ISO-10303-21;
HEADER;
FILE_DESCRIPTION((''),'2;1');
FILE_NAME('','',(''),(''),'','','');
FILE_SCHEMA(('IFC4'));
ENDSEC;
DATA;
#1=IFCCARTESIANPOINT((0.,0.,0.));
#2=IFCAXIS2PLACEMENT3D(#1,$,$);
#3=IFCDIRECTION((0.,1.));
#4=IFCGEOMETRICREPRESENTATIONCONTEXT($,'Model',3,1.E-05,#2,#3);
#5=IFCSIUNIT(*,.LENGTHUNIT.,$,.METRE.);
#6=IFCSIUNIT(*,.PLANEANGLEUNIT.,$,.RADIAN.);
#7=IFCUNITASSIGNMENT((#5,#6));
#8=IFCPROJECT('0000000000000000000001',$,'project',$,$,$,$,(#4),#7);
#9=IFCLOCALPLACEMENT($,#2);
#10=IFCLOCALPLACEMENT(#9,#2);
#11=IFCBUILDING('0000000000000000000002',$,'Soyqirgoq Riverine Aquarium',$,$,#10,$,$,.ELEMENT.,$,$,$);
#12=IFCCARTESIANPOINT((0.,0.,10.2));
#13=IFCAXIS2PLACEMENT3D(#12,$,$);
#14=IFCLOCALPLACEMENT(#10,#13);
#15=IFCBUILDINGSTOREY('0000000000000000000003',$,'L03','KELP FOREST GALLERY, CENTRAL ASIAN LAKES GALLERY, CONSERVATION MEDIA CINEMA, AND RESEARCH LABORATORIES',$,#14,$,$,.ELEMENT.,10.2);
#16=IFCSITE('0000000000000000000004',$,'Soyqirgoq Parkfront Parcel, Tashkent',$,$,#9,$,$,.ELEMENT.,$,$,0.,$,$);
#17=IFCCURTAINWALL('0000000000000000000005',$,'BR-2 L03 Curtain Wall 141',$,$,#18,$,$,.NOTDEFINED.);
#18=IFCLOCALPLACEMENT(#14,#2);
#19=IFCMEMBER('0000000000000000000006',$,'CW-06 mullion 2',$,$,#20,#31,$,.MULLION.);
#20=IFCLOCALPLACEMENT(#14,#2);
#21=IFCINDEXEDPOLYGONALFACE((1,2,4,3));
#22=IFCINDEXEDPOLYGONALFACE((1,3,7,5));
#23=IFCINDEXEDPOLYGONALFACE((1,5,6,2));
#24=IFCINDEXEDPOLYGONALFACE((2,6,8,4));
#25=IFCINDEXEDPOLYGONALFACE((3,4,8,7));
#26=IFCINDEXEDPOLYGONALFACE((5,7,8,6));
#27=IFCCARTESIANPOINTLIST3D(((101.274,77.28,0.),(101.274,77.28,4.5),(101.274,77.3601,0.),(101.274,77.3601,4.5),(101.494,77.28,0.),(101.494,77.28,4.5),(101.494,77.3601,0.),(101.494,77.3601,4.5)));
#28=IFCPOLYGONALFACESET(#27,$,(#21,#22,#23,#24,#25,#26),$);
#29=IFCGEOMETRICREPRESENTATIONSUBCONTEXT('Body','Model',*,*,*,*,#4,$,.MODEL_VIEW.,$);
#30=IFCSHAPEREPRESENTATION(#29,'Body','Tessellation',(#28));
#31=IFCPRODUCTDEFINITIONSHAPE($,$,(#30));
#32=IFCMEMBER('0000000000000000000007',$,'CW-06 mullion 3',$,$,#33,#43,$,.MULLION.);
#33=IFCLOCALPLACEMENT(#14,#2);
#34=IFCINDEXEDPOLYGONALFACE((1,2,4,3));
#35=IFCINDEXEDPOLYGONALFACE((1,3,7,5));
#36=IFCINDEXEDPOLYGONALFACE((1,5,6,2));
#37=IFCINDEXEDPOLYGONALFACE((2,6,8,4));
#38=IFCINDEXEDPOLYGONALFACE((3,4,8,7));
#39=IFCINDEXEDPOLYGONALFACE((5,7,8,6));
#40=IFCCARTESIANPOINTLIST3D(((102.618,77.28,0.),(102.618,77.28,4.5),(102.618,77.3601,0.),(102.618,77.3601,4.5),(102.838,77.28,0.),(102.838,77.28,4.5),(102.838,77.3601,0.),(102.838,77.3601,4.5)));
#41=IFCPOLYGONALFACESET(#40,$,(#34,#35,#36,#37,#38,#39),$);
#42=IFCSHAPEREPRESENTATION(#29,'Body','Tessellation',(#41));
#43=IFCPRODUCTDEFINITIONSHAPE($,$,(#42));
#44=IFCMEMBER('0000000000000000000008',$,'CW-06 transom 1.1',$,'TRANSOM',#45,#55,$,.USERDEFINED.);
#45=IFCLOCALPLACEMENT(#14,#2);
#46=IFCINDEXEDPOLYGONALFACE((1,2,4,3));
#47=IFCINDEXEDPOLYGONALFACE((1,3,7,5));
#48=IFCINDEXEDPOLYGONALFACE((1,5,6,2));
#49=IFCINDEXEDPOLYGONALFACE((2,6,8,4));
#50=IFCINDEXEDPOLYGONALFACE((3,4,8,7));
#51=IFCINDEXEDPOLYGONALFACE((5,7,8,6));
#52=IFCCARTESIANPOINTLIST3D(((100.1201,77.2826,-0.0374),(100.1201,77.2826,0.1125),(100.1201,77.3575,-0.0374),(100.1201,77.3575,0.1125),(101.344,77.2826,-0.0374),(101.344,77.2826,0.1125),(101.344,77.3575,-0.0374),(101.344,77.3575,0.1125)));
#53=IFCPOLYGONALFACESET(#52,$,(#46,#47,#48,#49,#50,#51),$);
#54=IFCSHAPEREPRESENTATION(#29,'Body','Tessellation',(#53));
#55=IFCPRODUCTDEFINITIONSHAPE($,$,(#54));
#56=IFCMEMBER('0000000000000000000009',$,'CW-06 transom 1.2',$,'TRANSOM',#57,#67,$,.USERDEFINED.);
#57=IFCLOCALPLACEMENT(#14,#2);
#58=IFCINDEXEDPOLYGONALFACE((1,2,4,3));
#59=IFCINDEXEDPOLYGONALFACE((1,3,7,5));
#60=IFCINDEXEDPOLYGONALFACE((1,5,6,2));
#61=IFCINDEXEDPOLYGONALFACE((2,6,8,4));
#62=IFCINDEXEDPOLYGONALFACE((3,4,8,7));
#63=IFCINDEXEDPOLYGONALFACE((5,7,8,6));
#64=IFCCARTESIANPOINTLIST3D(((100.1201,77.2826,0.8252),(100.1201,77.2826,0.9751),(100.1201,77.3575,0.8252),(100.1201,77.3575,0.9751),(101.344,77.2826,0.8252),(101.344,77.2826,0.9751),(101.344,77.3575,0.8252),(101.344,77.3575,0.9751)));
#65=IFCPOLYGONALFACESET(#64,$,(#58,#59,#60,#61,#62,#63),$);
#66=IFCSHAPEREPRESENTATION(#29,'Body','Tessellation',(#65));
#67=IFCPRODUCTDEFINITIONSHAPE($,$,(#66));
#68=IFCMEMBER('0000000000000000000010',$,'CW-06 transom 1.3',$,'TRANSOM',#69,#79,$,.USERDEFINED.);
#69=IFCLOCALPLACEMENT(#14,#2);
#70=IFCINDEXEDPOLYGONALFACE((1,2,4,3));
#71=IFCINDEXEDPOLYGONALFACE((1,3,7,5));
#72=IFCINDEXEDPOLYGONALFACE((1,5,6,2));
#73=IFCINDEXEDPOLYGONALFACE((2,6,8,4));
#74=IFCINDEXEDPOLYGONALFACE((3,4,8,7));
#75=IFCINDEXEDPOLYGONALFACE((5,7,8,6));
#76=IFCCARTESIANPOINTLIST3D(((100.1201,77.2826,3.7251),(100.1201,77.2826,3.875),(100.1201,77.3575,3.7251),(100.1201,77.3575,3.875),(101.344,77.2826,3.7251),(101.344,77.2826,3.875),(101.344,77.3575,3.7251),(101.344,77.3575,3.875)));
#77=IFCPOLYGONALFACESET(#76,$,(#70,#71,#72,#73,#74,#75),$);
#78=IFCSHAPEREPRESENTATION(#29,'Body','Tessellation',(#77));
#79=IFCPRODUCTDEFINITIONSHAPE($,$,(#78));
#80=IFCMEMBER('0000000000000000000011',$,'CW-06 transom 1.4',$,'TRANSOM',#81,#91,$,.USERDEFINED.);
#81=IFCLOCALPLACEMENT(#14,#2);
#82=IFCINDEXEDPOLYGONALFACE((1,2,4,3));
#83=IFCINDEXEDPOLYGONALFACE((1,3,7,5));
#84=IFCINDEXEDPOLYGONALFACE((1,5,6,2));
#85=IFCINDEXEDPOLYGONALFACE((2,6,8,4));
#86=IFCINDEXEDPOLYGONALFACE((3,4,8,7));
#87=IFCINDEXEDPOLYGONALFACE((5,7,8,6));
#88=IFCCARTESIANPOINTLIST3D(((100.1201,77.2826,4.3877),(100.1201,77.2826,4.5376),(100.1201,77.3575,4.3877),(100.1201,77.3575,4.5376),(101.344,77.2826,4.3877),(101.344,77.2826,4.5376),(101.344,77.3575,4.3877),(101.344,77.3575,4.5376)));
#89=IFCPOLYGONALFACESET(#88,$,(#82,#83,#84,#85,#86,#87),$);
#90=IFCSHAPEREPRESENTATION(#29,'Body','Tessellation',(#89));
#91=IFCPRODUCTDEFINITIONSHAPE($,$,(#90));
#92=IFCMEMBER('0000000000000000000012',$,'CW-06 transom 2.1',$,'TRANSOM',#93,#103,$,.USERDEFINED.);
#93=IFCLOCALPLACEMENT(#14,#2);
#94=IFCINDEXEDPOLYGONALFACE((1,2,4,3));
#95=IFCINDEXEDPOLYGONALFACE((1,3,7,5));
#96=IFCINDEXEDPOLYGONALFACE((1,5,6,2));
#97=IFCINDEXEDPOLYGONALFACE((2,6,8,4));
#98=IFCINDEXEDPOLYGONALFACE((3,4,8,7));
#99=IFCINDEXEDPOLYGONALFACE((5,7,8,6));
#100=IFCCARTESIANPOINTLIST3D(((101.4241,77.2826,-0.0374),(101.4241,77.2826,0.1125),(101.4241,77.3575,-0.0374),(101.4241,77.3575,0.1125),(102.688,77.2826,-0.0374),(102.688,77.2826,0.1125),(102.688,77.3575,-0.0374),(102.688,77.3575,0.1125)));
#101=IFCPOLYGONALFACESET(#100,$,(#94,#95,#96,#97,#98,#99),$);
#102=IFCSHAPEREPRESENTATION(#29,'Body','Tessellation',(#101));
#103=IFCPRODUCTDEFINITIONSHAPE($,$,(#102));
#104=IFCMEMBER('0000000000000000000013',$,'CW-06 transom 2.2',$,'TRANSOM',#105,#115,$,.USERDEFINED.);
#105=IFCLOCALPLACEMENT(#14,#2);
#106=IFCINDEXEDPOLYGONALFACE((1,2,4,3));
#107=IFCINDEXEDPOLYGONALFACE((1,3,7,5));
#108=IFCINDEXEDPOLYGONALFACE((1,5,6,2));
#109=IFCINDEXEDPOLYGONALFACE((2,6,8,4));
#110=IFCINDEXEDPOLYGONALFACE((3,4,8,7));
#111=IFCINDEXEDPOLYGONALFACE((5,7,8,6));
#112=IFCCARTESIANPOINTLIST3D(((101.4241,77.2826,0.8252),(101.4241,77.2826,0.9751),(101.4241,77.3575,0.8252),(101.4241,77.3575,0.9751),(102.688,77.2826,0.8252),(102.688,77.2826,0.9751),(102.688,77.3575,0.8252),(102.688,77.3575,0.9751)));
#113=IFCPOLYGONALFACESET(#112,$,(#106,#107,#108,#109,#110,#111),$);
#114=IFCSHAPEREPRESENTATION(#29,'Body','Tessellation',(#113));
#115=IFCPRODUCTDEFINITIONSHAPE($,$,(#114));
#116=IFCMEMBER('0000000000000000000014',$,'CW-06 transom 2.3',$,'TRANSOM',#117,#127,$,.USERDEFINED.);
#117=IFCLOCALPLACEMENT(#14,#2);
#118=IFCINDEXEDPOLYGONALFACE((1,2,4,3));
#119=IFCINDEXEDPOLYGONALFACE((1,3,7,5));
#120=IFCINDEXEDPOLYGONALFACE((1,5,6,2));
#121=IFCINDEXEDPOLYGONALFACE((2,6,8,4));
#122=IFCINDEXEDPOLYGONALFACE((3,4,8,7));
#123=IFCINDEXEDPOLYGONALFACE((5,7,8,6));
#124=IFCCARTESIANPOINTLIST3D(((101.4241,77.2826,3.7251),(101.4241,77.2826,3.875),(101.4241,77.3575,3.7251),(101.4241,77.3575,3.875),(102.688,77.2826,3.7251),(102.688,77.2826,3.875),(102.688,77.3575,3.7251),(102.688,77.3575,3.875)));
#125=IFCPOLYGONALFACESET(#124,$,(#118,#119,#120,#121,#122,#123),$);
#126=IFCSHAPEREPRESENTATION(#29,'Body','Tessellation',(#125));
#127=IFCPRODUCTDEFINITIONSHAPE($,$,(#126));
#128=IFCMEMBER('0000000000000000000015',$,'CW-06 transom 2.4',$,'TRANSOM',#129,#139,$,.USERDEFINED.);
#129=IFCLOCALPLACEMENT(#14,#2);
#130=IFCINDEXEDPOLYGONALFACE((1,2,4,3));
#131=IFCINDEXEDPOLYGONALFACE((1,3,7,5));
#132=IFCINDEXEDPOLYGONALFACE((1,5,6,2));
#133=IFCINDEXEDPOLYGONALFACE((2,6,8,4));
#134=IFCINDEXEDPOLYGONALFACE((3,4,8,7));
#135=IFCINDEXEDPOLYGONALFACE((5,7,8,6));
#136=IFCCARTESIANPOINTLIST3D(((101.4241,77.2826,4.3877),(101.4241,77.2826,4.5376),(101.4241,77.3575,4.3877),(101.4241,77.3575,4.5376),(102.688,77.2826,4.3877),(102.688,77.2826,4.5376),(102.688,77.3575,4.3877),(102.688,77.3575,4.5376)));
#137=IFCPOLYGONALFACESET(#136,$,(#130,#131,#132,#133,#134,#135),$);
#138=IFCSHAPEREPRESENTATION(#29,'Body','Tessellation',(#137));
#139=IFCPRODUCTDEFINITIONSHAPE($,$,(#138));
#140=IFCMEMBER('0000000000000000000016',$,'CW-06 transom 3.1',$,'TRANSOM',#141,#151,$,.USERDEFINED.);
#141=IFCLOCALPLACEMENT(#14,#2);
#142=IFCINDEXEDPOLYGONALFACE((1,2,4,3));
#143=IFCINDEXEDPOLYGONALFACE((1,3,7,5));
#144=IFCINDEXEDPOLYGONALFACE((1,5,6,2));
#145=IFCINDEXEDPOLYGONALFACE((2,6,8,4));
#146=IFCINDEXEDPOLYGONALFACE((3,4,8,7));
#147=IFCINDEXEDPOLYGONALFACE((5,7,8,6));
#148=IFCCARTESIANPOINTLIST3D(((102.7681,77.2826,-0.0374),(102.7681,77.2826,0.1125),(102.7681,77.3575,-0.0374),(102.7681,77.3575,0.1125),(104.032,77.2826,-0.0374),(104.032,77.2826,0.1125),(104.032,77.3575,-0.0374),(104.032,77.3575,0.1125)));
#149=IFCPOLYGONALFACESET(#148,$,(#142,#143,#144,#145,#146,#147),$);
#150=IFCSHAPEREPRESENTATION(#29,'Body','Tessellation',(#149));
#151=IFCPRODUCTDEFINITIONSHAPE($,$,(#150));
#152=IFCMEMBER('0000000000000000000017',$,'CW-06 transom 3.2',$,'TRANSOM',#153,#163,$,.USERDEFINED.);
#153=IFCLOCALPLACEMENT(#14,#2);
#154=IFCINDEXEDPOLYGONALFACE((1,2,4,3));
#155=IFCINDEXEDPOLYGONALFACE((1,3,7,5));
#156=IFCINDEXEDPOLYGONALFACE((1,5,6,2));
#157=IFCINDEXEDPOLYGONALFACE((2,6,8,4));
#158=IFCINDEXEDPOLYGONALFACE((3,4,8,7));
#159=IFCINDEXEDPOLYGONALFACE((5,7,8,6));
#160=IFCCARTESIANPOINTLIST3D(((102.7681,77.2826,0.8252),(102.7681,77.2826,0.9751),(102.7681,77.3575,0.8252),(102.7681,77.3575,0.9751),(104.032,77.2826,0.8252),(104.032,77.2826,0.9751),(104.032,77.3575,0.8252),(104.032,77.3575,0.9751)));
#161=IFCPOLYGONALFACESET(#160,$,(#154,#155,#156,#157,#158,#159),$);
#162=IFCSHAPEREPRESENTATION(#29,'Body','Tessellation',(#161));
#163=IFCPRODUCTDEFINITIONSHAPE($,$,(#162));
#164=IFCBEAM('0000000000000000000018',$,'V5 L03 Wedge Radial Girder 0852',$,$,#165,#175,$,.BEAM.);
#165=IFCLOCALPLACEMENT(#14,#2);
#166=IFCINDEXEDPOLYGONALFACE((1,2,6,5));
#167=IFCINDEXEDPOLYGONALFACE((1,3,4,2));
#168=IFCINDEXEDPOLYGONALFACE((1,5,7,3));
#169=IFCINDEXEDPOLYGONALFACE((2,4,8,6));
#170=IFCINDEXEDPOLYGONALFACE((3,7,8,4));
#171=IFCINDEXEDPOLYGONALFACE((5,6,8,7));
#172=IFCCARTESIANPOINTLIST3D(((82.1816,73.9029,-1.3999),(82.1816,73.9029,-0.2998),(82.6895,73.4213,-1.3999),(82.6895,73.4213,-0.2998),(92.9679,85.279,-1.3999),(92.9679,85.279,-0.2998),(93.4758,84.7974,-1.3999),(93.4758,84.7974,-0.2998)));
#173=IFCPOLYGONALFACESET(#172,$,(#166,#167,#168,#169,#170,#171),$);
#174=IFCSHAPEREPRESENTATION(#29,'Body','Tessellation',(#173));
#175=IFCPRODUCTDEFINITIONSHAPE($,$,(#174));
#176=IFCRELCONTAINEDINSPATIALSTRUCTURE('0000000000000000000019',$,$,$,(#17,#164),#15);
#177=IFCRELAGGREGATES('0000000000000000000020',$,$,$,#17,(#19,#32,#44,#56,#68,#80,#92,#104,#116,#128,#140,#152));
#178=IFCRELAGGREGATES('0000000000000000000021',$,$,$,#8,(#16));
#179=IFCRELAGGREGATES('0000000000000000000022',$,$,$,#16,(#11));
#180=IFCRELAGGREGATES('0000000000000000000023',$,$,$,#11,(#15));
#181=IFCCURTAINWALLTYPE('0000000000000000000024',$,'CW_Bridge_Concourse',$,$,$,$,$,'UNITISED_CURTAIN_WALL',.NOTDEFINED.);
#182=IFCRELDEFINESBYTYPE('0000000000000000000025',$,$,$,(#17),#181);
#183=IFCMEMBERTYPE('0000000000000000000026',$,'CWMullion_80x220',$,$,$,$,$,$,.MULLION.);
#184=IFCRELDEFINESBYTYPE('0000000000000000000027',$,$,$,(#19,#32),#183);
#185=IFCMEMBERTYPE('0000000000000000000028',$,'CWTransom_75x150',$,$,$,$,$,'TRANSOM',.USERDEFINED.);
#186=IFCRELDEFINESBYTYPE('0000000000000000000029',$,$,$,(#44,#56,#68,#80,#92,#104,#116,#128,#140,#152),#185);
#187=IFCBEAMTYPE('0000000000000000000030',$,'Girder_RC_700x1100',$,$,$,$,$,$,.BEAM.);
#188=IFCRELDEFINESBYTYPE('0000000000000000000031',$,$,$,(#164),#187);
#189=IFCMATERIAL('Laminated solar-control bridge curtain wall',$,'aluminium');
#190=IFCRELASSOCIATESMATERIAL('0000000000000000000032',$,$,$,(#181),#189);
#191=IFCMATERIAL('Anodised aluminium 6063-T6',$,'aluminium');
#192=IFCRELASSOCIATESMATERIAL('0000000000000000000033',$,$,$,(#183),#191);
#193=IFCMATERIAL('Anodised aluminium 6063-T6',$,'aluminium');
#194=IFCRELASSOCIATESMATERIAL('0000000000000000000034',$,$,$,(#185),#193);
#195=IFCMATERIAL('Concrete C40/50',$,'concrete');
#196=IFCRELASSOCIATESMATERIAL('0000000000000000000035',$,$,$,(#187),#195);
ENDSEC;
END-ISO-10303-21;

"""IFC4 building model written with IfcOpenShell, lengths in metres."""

from ifc_helpers import new_model, si_unit, direction, frame, origin, origin_2d, place, context, subcontext, project, spatial, rectangle, extrude, material, material_profile, profile_set, type_object, element, aggregate, save


model = new_model("IFC4")

# Units and contexts
model_context = context("Model", 3, precision=1e-05, world=origin(), true_north=direction((0.0, 1.0)))
body_context = subcontext(model_context, "Body", "Model", "MODEL_VIEW")
ifc_project = project(units=[si_unit("LENGTHUNIT", "METRE"), si_unit("PLANEANGLEUNIT", "RADIAN")], contexts=[model_context])

# Site, building, storey
site_placement = place(None, origin())
site = spatial("IfcSite", under=ifc_project, at=site_placement, Name="Soyqirgoq Parkfront Parcel, Tashkent", CompositionType="ELEMENT", RefElevation=0.0)
building_placement = place(site_placement, origin())
building = spatial("IfcBuilding", under=site, at=building_placement, Name="Soyqirgoq Riverine Aquarium", CompositionType="ELEMENT")
storey_placement = place(building_placement, frame((0.0, 0.0, 10.2)))
storey = spatial("IfcBuildingStorey", under=building, at=storey_placement, Name="L03", Description="KELP FOREST GALLERY, CENTRAL ASIAN LAKES GALLERY, CONSERVATION MEDIA CINEMA, AND RESEARCH LABORATORIES", CompositionType="ELEMENT", Elevation=10.2)

# Curtain wall, members
ifc_material_1 = material(Name="Laminated solar-control bridge curtain wall", Category="aluminium")
curtain_wall_type = type_object("IfcCurtainWallType", Name="CW_Bridge_Concourse", ElementType="UNITISED_CURTAIN_WALL", PredefinedType="NOTDEFINED", material=ifc_material_1)
curtain_wall_placement = place(storey_placement, origin())
curtain_wall = element("IfcCurtainWall", 1, at=curtain_wall_placement, inside=storey, type_object=curtain_wall_type, Name="BR-2 L03 Curtain Wall 141", PredefinedType="NOTDEFINED")
ifc_material_2 = material(Name="Anodised aluminium 6063-T6", Category="aluminium")
ifc_material_profile_1 = material_profile(ifc_material_2, rectangle(XDim=0.0801, YDim=0.22, at=origin_2d()), Name="ALU-M 80x220")
ifc_profile_set_1 = profile_set([ifc_material_profile_1], Name="Anodised aluminium 6063-T6")
member_type_1 = type_object("IfcMemberType", Name="CWMullion_80x220", PredefinedType="MULLION", material=ifc_profile_set_1)
member_1_placement = place(storey_placement, frame((101.384, 77.3201, 0.0), z_axis=(0.0, 0.0, 1.0), x_axis=(0.0, 1.0, 0.0)))
member_1 = element("IfcMember", 2, at=member_1_placement, type_object=member_type_1, Name="CW-06 mullion 2", PredefinedType="MULLION", context=body_context, shape_type="SweptSolid", body=[
    extrude(rectangle(XDim=0.0801, YDim=0.22, at=origin_2d()), origin(), (0.0, 0.0, 1.0), 4.5),
])
member_2_placement = place(storey_placement, frame((102.728, 77.3201, 0.0), z_axis=(0.0, 0.0, 1.0), x_axis=(0.0, 1.0, 0.0)))
member_2 = element("IfcMember", 3, at=member_2_placement, type_object=member_type_1, Name="CW-06 mullion 3", PredefinedType="MULLION", context=body_context, shape_type="SweptSolid", body=[
    extrude(rectangle(XDim=0.0801, YDim=0.22, at=origin_2d()), origin(), (0.0, 0.0, 1.0), 4.5),
])
ifc_material_3 = material(Name="Anodised aluminium 6063-T6", Category="aluminium")
ifc_material_profile_2 = material_profile(ifc_material_3, rectangle(XDim=0.075, YDim=0.1499, at=origin_2d()), Name="ALU-T 75x150")
ifc_profile_set_2 = profile_set([ifc_material_profile_2], Name="Anodised aluminium 6063-T6")
member_type_2 = type_object("IfcMemberType", Name="CWTransom_75x150", ElementType="TRANSOM", PredefinedType="USERDEFINED", material=ifc_profile_set_2)
member_3_placement = place(storey_placement, frame((100.1201, 77.3201, 0.0376), z_axis=(1.0, 0.0, 0.0), x_axis=(0.0, 1.0, 0.0)))
member_3 = element("IfcMember", 4, at=member_3_placement, type_object=member_type_2, Name="CW-06 transom 1.1", ObjectType="TRANSOM", PredefinedType="USERDEFINED", context=body_context, shape_type="SweptSolid", body=[
    extrude(rectangle(XDim=0.075, YDim=0.1499, at=origin_2d()), origin(), (0.0, 0.0, 1.0), 1.2239),
])
member_4_placement = place(storey_placement, frame((100.1201, 77.3201, 0.9001), z_axis=(1.0, 0.0, 0.0), x_axis=(0.0, 1.0, 0.0)))
member_4 = element("IfcMember", 5, at=member_4_placement, type_object=member_type_2, Name="CW-06 transom 1.2", ObjectType="TRANSOM", PredefinedType="USERDEFINED", context=body_context, shape_type="SweptSolid", body=[
    extrude(rectangle(XDim=0.075, YDim=0.1499, at=origin_2d()), origin(), (0.0, 0.0, 1.0), 1.2239),
])
member_5_placement = place(storey_placement, frame((100.1201, 77.3201, 3.8), z_axis=(1.0, 0.0, 0.0), x_axis=(0.0, 1.0, 0.0)))
member_5 = element("IfcMember", 6, at=member_5_placement, type_object=member_type_2, Name="CW-06 transom 1.3", ObjectType="TRANSOM", PredefinedType="USERDEFINED", context=body_context, shape_type="SweptSolid", body=[
    extrude(rectangle(XDim=0.075, YDim=0.1499, at=origin_2d()), origin(), (0.0, 0.0, 1.0), 1.2239),
])
member_6_placement = place(storey_placement, frame((100.1201, 77.3201, 4.4626), z_axis=(1.0, 0.0, 0.0), x_axis=(0.0, 1.0, 0.0)))
member_6 = element("IfcMember", 7, at=member_6_placement, type_object=member_type_2, Name="CW-06 transom 1.4", ObjectType="TRANSOM", PredefinedType="USERDEFINED", context=body_context, shape_type="SweptSolid", body=[
    extrude(rectangle(XDim=0.075, YDim=0.1499, at=origin_2d()), origin(), (0.0, 0.0, 1.0), 1.2239),
])
member_7_placement = place(storey_placement, frame((101.4241, 77.3201, 0.0376), z_axis=(1.0, 0.0, 0.0), x_axis=(0.0, 1.0, 0.0)))
member_7 = element("IfcMember", 8, at=member_7_placement, type_object=member_type_2, Name="CW-06 transom 2.1", ObjectType="TRANSOM", PredefinedType="USERDEFINED", context=body_context, shape_type="SweptSolid", body=[
    extrude(rectangle(XDim=0.075, YDim=0.1499, at=origin_2d()), origin(), (0.0, 0.0, 1.0), 1.2639),
])
member_8_placement = place(storey_placement, frame((101.4241, 77.3201, 0.9001), z_axis=(1.0, 0.0, 0.0), x_axis=(0.0, 1.0, 0.0)))
member_8 = element("IfcMember", 9, at=member_8_placement, type_object=member_type_2, Name="CW-06 transom 2.2", ObjectType="TRANSOM", PredefinedType="USERDEFINED", context=body_context, shape_type="SweptSolid", body=[
    extrude(rectangle(XDim=0.075, YDim=0.1499, at=origin_2d()), origin(), (0.0, 0.0, 1.0), 1.2639),
])
member_9_placement = place(storey_placement, frame((101.4241, 77.3201, 3.8), z_axis=(1.0, 0.0, 0.0), x_axis=(0.0, 1.0, 0.0)))
member_9 = element("IfcMember", 10, at=member_9_placement, type_object=member_type_2, Name="CW-06 transom 2.3", ObjectType="TRANSOM", PredefinedType="USERDEFINED", context=body_context, shape_type="SweptSolid", body=[
    extrude(rectangle(XDim=0.075, YDim=0.1499, at=origin_2d()), origin(), (0.0, 0.0, 1.0), 1.2639),
])
member_10_placement = place(storey_placement, frame((101.4241, 77.3201, 4.4626), z_axis=(1.0, 0.0, 0.0), x_axis=(0.0, 1.0, 0.0)))
member_10 = element("IfcMember", 11, at=member_10_placement, type_object=member_type_2, Name="CW-06 transom 2.4", ObjectType="TRANSOM", PredefinedType="USERDEFINED", context=body_context, shape_type="SweptSolid", body=[
    extrude(rectangle(XDim=0.075, YDim=0.1499, at=origin_2d()), origin(), (0.0, 0.0, 1.0), 1.2639),
])
member_11_placement = place(storey_placement, frame((102.7681, 77.3201, 0.0376), z_axis=(1.0, 0.0, 0.0), x_axis=(0.0, 1.0, 0.0)))
member_11 = element("IfcMember", 12, at=member_11_placement, type_object=member_type_2, Name="CW-06 transom 3.1", ObjectType="TRANSOM", PredefinedType="USERDEFINED", context=body_context, shape_type="SweptSolid", body=[
    extrude(rectangle(XDim=0.075, YDim=0.1499, at=origin_2d()), origin(), (0.0, 0.0, 1.0), 1.2639),
])
member_12_placement = place(storey_placement, frame((102.7681, 77.3201, 0.9001), z_axis=(1.0, 0.0, 0.0), x_axis=(0.0, 1.0, 0.0)))
member_12 = element("IfcMember", 13, at=member_12_placement, type_object=member_type_2, Name="CW-06 transom 3.2", ObjectType="TRANSOM", PredefinedType="USERDEFINED", context=body_context, shape_type="SweptSolid", body=[
    extrude(rectangle(XDim=0.075, YDim=0.1499, at=origin_2d()), origin(), (0.0, 0.0, 1.0), 1.2639),
])

# Beam
ifc_material_4 = material(Name="Concrete C40/50", Category="concrete")
ifc_material_profile_3 = material_profile(ifc_material_4, rectangle(XDim=0.7, YDim=1.1001, at=origin_2d()), Name="RC 700x1100")
ifc_profile_set_3 = profile_set([ifc_material_profile_3], Name="Concrete C40/50")
beam_type_1 = type_object("IfcBeamType", Name="Girder_RC_700x1100", PredefinedType="BEAM", material=ifc_profile_set_3)
beam_1_placement = place(storey_placement, frame((82.4355, 73.6621, -0.8499), z_axis=(0.688044, 0.725669, 0.0), x_axis=(-0.725669, 0.688044, 0.0)))
element("IfcBeam", 14, at=beam_1_placement, inside=storey, type_object=beam_type_1, Name="V5 L03 Wedge Radial Girder 0852", PredefinedType="BEAM", context=body_context, shape_type="SweptSolid", body=[
    extrude(rectangle(XDim=0.7, YDim=1.1001, at=origin_2d()), origin(), (0.0, 0.0, 1.0), 15.6768),
])

aggregate(curtain_wall, [member_1, member_2, member_3, member_4, member_5, member_6, member_7, member_8, member_9, member_10, member_11, member_12])

save(model, "model.ifc")
